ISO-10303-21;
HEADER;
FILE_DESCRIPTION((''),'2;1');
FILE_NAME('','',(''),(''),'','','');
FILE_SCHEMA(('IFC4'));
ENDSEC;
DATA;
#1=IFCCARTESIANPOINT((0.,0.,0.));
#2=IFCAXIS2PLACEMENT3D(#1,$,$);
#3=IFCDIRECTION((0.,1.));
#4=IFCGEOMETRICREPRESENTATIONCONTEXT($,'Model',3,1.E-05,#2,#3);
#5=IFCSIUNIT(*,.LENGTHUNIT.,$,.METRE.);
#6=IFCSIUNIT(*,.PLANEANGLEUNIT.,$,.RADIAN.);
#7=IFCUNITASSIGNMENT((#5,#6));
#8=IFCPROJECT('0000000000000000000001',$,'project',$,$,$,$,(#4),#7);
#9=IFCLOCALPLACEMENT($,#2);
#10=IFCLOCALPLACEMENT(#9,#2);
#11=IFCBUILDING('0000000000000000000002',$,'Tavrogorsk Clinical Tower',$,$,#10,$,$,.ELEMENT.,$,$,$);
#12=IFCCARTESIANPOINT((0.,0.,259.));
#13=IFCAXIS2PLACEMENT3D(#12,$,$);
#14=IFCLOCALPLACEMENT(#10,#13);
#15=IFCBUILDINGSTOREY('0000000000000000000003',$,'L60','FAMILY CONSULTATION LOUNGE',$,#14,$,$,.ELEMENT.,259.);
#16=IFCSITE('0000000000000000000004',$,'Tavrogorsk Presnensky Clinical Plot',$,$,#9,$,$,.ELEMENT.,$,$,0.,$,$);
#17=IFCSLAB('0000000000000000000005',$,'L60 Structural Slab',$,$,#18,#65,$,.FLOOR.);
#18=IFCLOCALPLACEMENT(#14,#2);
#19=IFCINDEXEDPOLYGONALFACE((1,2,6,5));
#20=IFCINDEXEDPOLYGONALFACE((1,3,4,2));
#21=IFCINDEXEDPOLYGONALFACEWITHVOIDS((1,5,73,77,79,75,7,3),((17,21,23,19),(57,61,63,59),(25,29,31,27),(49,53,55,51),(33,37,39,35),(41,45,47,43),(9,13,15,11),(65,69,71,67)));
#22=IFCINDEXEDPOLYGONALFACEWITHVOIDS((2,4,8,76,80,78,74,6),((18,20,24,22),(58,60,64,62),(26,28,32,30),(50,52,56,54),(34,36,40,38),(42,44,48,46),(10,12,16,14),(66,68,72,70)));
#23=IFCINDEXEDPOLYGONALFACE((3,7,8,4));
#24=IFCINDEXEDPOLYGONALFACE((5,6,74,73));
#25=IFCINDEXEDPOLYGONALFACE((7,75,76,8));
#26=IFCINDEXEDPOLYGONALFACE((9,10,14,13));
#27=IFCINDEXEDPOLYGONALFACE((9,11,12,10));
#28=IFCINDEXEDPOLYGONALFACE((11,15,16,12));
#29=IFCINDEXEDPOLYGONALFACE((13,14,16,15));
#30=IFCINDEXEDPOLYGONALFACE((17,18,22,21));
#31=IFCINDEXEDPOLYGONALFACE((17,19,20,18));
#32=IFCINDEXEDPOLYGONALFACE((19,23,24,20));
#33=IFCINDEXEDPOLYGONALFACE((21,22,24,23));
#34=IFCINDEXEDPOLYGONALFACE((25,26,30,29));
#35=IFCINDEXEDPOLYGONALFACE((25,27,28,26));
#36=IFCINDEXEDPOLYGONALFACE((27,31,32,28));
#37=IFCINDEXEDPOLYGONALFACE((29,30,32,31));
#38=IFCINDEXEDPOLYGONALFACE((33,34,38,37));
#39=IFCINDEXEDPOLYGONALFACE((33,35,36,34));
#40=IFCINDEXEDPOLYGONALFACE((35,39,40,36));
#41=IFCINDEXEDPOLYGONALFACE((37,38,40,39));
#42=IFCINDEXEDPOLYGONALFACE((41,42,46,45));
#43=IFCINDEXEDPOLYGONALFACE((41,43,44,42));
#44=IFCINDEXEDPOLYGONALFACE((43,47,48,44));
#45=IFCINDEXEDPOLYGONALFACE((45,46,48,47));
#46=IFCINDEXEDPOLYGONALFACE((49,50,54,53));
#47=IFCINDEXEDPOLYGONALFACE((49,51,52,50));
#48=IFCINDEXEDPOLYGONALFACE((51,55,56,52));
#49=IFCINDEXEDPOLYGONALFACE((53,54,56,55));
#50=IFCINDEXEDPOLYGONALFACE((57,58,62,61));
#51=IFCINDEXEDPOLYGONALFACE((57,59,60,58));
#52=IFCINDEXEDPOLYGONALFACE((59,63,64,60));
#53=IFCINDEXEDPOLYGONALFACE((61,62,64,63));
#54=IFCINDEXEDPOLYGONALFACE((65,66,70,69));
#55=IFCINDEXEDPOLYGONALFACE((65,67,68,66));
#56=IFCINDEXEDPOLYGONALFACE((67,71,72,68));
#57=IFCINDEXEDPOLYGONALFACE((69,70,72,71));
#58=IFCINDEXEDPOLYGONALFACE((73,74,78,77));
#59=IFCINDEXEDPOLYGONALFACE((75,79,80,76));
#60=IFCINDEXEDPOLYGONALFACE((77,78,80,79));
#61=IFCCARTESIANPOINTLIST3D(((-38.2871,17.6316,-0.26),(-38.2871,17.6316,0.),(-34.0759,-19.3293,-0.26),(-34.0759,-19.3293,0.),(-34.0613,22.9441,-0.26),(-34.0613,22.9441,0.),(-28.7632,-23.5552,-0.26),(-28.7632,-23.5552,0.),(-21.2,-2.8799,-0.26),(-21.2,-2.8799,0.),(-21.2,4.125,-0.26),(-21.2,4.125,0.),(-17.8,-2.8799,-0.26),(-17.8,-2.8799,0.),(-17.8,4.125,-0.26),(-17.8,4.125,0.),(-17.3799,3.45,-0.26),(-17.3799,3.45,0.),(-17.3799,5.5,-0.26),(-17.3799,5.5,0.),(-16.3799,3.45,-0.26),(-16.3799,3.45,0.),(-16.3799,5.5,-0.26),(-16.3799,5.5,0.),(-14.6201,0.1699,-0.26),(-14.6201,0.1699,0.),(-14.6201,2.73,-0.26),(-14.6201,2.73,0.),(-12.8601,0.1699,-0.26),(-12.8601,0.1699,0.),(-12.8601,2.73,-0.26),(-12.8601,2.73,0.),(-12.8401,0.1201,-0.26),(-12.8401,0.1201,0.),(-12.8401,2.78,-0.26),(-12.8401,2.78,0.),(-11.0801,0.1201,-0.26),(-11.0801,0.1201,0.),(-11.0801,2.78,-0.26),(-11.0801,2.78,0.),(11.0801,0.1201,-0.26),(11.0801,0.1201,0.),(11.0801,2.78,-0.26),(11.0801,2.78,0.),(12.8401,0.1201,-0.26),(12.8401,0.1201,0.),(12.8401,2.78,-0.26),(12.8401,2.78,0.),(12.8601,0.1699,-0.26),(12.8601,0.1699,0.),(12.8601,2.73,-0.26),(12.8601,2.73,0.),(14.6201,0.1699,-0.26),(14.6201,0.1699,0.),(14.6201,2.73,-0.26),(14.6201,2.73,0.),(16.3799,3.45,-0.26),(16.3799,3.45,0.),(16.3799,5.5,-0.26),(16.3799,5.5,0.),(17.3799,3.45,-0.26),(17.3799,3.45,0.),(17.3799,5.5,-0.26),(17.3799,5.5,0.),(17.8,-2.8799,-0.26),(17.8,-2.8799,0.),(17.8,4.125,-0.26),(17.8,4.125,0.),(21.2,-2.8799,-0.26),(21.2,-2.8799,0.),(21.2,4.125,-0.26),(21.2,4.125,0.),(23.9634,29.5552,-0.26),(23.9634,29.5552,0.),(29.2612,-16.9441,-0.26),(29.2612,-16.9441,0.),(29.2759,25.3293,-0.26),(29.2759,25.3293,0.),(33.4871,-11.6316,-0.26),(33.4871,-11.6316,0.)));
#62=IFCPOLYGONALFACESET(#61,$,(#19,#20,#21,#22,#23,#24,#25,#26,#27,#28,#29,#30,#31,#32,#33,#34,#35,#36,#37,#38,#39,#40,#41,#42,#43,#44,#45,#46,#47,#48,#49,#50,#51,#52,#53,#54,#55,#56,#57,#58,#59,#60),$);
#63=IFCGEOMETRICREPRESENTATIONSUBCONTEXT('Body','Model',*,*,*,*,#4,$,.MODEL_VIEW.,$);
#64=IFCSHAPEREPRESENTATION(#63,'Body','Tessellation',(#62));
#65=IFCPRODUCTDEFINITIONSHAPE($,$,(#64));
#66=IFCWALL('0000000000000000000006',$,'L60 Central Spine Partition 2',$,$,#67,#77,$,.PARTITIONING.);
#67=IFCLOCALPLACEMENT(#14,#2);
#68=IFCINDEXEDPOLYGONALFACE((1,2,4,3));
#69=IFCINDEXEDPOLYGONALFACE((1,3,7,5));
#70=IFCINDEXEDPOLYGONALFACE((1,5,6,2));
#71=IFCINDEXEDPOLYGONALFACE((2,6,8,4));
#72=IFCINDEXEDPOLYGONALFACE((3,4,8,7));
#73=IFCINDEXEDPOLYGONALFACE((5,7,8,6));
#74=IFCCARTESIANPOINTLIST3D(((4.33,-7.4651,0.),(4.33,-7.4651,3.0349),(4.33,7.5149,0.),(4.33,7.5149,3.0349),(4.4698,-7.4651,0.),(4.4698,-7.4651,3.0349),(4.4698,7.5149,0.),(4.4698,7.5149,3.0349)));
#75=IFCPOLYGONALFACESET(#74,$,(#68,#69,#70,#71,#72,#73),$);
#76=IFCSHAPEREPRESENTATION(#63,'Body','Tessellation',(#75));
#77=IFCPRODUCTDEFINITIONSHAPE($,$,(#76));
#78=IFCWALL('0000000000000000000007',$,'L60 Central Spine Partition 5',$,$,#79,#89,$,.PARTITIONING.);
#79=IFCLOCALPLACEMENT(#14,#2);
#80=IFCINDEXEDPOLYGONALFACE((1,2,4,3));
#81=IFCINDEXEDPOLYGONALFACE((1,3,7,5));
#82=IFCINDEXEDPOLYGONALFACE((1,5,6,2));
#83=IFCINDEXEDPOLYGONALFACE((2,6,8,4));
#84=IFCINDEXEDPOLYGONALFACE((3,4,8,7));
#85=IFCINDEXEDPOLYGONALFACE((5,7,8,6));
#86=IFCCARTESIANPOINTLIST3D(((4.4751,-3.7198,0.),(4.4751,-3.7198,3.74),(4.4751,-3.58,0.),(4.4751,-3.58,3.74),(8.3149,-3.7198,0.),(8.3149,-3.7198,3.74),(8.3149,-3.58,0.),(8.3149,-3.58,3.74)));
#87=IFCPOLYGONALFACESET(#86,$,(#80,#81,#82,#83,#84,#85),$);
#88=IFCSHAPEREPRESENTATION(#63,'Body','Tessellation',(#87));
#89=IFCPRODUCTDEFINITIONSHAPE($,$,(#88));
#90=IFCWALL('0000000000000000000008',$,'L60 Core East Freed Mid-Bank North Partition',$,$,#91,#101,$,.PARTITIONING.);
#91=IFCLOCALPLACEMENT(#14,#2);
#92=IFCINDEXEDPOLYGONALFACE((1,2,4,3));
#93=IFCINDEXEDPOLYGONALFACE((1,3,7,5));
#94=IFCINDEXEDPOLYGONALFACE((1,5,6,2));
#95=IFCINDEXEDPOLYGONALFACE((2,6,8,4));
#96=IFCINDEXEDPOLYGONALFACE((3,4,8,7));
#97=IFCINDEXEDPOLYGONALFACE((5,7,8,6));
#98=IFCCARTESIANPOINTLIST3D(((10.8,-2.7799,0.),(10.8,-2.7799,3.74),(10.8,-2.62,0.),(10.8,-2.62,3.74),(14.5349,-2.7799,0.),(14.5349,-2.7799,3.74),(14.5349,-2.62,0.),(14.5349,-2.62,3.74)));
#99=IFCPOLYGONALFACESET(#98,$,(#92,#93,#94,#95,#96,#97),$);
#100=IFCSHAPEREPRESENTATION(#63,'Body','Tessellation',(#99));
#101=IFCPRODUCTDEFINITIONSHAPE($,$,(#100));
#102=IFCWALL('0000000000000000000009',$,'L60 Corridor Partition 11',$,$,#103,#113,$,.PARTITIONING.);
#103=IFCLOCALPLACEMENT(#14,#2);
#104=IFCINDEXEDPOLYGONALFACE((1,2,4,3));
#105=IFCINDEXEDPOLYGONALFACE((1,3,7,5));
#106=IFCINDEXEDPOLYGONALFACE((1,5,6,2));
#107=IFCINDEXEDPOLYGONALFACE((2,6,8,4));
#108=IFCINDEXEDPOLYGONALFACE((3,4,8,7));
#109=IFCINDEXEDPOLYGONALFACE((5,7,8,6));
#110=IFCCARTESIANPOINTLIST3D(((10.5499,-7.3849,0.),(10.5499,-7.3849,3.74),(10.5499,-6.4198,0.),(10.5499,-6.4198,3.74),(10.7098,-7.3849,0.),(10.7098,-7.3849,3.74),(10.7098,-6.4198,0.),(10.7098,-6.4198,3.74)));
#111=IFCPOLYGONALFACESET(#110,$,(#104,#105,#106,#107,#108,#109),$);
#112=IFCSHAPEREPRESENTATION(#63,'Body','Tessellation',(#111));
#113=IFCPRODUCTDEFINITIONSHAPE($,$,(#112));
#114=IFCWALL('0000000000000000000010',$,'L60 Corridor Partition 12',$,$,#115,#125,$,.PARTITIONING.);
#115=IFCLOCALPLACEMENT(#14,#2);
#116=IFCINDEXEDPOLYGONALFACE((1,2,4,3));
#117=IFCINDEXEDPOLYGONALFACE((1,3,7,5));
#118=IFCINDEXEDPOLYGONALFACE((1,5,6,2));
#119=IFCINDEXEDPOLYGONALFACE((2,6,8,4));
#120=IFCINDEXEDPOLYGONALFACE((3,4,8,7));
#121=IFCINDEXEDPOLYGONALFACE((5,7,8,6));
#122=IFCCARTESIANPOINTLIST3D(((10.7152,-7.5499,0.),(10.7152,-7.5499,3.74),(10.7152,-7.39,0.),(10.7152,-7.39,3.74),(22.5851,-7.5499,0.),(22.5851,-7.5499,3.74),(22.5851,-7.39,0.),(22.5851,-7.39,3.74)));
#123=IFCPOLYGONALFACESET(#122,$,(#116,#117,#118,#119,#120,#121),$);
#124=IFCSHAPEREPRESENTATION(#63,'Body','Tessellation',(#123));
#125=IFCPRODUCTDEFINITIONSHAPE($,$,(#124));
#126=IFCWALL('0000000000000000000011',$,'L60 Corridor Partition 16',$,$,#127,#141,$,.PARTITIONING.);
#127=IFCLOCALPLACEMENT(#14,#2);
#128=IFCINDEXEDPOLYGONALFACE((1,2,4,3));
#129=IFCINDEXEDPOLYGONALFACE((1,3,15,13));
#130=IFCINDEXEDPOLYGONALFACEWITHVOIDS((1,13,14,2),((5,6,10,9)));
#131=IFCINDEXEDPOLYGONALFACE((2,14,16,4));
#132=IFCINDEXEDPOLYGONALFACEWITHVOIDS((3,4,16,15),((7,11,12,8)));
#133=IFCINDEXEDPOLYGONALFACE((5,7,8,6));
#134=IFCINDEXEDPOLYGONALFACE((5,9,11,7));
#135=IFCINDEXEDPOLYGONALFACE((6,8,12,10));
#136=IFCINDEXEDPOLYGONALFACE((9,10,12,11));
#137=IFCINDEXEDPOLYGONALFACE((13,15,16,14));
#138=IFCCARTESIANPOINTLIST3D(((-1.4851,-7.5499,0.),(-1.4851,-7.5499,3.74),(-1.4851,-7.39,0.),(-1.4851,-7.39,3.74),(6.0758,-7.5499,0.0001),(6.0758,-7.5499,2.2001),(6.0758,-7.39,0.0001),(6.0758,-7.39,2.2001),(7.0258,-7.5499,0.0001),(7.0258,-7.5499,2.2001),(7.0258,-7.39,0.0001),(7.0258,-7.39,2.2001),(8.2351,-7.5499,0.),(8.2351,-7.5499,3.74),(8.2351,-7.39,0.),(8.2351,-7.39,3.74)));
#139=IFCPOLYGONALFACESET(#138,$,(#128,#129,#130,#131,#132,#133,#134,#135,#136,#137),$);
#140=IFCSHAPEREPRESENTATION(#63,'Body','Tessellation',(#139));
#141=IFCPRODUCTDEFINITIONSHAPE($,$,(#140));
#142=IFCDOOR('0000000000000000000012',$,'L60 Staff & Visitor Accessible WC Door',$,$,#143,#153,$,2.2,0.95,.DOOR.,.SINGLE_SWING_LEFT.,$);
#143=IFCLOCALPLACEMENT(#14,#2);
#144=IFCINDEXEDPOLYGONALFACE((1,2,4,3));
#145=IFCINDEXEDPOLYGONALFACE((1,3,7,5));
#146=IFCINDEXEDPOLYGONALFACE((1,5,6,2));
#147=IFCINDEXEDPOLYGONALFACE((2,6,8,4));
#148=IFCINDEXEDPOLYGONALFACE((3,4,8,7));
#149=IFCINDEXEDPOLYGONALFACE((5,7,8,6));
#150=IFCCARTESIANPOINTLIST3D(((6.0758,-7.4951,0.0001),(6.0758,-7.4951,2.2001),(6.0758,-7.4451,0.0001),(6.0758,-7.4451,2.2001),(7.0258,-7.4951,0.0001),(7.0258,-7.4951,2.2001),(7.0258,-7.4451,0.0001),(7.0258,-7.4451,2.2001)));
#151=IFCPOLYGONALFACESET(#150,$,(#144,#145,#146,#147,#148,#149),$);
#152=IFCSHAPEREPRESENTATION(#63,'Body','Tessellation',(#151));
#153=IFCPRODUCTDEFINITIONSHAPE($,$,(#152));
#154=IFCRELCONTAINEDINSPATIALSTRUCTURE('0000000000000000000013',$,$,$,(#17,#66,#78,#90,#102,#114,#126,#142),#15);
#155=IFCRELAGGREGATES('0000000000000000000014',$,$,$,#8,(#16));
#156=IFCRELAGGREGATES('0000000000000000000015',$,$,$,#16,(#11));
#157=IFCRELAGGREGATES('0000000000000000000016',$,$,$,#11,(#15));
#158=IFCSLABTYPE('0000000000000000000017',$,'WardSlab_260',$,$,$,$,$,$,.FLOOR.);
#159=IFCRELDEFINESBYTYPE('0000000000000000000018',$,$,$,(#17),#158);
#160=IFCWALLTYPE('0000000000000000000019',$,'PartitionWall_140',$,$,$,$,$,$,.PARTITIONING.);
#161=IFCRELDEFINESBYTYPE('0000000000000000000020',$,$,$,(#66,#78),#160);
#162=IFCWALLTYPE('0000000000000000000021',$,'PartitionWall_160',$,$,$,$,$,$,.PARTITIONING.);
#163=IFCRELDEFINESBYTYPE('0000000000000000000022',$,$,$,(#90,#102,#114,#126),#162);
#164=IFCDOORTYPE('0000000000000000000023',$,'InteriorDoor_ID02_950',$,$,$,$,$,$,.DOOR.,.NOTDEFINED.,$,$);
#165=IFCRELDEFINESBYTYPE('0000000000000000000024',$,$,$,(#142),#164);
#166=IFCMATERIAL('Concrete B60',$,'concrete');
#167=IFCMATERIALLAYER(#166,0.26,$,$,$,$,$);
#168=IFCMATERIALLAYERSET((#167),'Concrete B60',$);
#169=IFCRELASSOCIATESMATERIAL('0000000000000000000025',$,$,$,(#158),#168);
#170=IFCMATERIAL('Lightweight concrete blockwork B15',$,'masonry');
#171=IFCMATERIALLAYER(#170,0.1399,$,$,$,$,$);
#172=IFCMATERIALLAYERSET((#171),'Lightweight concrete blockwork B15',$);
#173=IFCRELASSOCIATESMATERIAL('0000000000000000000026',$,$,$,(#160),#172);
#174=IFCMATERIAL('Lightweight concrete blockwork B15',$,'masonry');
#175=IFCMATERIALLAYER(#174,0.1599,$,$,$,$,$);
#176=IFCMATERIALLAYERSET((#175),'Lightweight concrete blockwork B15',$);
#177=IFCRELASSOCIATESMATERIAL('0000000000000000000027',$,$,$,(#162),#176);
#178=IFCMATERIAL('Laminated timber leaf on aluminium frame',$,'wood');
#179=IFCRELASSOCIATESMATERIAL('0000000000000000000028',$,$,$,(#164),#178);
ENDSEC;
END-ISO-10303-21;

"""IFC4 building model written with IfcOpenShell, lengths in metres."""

from ifc_helpers import new_model, si_unit, direction, frame, frame_2d, origin, place, context, subcontext, project, spatial, polyline, rectangle, outline, extrude, material, layer, layer_set, type_object, element, fill, save


model = new_model("IFC4")

# Units and contexts
model_context = context("Model", 3, precision=1e-05, world=origin(), true_north=direction((0.0, 1.0)))
body_context = subcontext(model_context, "Body", "Model", "MODEL_VIEW")
ifc_project = project(units=[si_unit("LENGTHUNIT", "METRE"), si_unit("PLANEANGLEUNIT", "RADIAN")], contexts=[model_context])

# Site, building, storey
site_placement = place(None, origin())
site = spatial("IfcSite", under=ifc_project, at=site_placement, Name="Tavrogorsk Presnensky Clinical Plot", CompositionType="ELEMENT", RefElevation=0.0)
building_placement = place(site_placement, origin())
building = spatial("IfcBuilding", under=site, at=building_placement, Name="Tavrogorsk Clinical Tower", CompositionType="ELEMENT")
storey_placement = place(building_placement, frame((0.0, 0.0, 259.0)))
storey = spatial("IfcBuildingStorey", under=building, at=storey_placement, Name="L60", Description="FAMILY CONSULTATION LOUNGE", CompositionType="ELEMENT", Elevation=259.0)

# Slab
ifc_material_1 = material(Name="Concrete B60", Category="concrete")
ifc_layer_1 = layer(ifc_material_1, 0.26)
ifc_layer_set_1 = layer_set([ifc_layer_1], Name="Concrete B60")
slab_type_1 = type_object("IfcSlabType", Name="WardSlab_260", PredefinedType="FLOOR", material=ifc_layer_set_1)
slab_1_placement = place(storey_placement, frame((0.0, 0.0, -0.26)))
element("IfcSlab", 1, at=slab_1_placement, inside=storey, type_object=slab_type_1, Name="L60 Structural Slab", PredefinedType="FLOOR", context=body_context, shape_type="SweptSolid", body=[
    extrude(outline(polyline([(-28.7632, -23.5552), (29.2612, -16.9441), (33.4871, -11.6316), (29.2759, 25.3293), (23.9634, 29.5552), (-34.0613, 22.9441), (-38.2871, 17.6316), (-34.0759, -19.3293), (-28.7632, -23.5552)]), holes=[polyline([(-17.8, -2.8799), (-17.8, 4.125), (-21.2, 4.125), (-21.2, -2.8799), (-17.8, -2.8799)]), polyline([(21.2, -2.8799), (21.2, 4.125), (17.8, 4.125), (17.8, -2.8799), (21.2, -2.8799)]), polyline([(-14.6201, 0.1699), (-12.8601, 0.1699), (-12.8601, 2.73), (-14.6201, 2.73), (-14.6201, 0.1699)]), polyline([(-12.8401, 0.1201), (-11.0801, 0.1201), (-11.0801, 2.78), (-12.8401, 2.78), (-12.8401, 0.1201)]), polyline([(12.8601, 0.1699), (14.6201, 0.1699), (14.6201, 2.73), (12.8601, 2.73), (12.8601, 0.1699)]), polyline([(11.0801, 0.1201), (12.8401, 0.1201), (12.8401, 2.78), (11.0801, 2.78), (11.0801, 0.1201)]), polyline([(-17.3799, 3.45), (-16.3799, 3.45), (-16.3799, 5.5), (-17.3799, 5.5), (-17.3799, 3.45)]), polyline([(16.3799, 3.45), (17.3799, 3.45), (17.3799, 5.5), (16.3799, 5.5), (16.3799, 3.45)])]), origin(), (0.0, 0.0, 1.0), 0.26),
])

# Walls
ifc_material_2 = material(Name="Lightweight concrete blockwork B15", Category="masonry")
ifc_layer_2 = layer(ifc_material_2, 0.1399)
ifc_layer_set_2 = layer_set([ifc_layer_2], Name="Lightweight concrete blockwork B15")
wall_type_1 = type_object("IfcWallType", Name="PartitionWall_140", PredefinedType="PARTITIONING", material=ifc_layer_set_2)
wall_1_placement = place(storey_placement, frame((4.3999, -7.4651, 0.0), z_axis=(0.0, 0.0, 1.0), x_axis=(0.0, 1.0, 0.0)))
element("IfcWall", 2, at=wall_1_placement, inside=storey, type_object=wall_type_1, Name="L60 Central Spine Partition 2", PredefinedType="PARTITIONING", context=body_context, shape_type="SweptSolid", body=[
    extrude(rectangle(XDim=14.98, YDim=0.1399, at=frame_2d((7.49, 0.0))), origin(), (0.0, 0.0, 1.0), 3.0349),
])
wall_2_placement = place(storey_placement, frame((4.4751, -3.6499, 0.0), z_axis=(0.0, 0.0, 1.0), x_axis=(1.0, 0.0, 0.0)))
element("IfcWall", 3, at=wall_2_placement, inside=storey, type_object=wall_type_1, Name="L60 Central Spine Partition 5", PredefinedType="PARTITIONING", context=body_context, shape_type="SweptSolid", body=[
    extrude(rectangle(XDim=3.8398, YDim=0.1399, at=frame_2d((1.9199, 0.0))), origin(), (0.0, 0.0, 1.0), 3.74),
])
ifc_material_3 = material(Name="Lightweight concrete blockwork B15", Category="masonry")
ifc_layer_3 = layer(ifc_material_3, 0.1599)
ifc_layer_set_3 = layer_set([ifc_layer_3], Name="Lightweight concrete blockwork B15")
wall_type_2 = type_object("IfcWallType", Name="PartitionWall_160", PredefinedType="PARTITIONING", material=ifc_layer_set_3)
wall_3_placement = place(storey_placement, frame((10.8, -2.7, 0.0), z_axis=(0.0, 0.0, 1.0), x_axis=(1.0, 0.0, 0.0)))
element("IfcWall", 4, at=wall_3_placement, inside=storey, type_object=wall_type_2, Name="L60 Core East Freed Mid-Bank North Partition", PredefinedType="PARTITIONING", context=body_context, shape_type="SweptSolid", body=[
    extrude(rectangle(XDim=3.7349, YDim=0.1599, at=frame_2d((1.8674, 0.0))), origin(), (0.0, 0.0, 1.0), 3.74),
])
wall_4_placement = place(storey_placement, frame((10.6299, -6.4199, 0.0), z_axis=(0.0, 0.0, 1.0), x_axis=(0.0, -1.0, 0.0)))
element("IfcWall", 5, at=wall_4_placement, inside=storey, type_object=wall_type_2, Name="L60 Corridor Partition 11", PredefinedType="PARTITIONING", context=body_context, shape_type="SweptSolid", body=[
    extrude(rectangle(XDim=0.9651, YDim=0.1599, at=frame_2d((0.4824, 0.0))), origin(), (0.0, 0.0, 1.0), 3.74),
])
wall_5_placement = place(storey_placement, frame((10.7151, -7.47, 0.0), z_axis=(0.0, 0.0, 1.0), x_axis=(1.0, 0.0, 0.0)))
element("IfcWall", 6, at=wall_5_placement, inside=storey, type_object=wall_type_2, Name="L60 Corridor Partition 12", PredefinedType="PARTITIONING", context=body_context, shape_type="SweptSolid", body=[
    extrude(rectangle(XDim=11.8699, YDim=0.1599, at=frame_2d((5.9351, 0.0))), origin(), (0.0, 0.0, 1.0), 3.74),
])

# Wall, opening, door
wall_6_placement = place(storey_placement, frame((-1.4851, -7.47, 0.0), z_axis=(0.0, 0.0, 1.0), x_axis=(1.0, 0.0, 0.0)))
wall_6 = element("IfcWall", 7, at=wall_6_placement, inside=storey, type_object=wall_type_2, Name="L60 Corridor Partition 16", PredefinedType="PARTITIONING", context=body_context, shape_type="SweptSolid", body=[
    extrude(rectangle(XDim=9.7202, YDim=0.1599, at=frame_2d((4.8601, 0.0))), origin(), (0.0, 0.0, 1.0), 3.74),
])
opening_1_placement = place(wall_6_placement, frame((7.5608, 0.0, 0.0)))
opening_1 = element("IfcOpeningElement", 8, at=opening_1_placement, cuts=wall_6, PredefinedType="OPENING", context=body_context, shape_type="SweptSolid", body=[
    extrude(rectangle(XDim=0.95, YDim=2.2, at=frame_2d((0.4751, 1.1001))), frame((0.0, 0.0898, 0.0), z_axis=(0.0, -1.0, 0.0), x_axis=(1.0, 0.0, 0.0)), (0.0, 0.0, 1.0), 0.1799),
])
ifc_material_4 = material(Name="Laminated timber leaf on aluminium frame", Category="wood")
door_type = type_object("IfcDoorType", Name="InteriorDoor_ID02_950", OperationType="NOTDEFINED", PredefinedType="DOOR", material=ifc_material_4)
door_1_placement = place(opening_1_placement, origin())
door_1 = element("IfcDoor", 9, at=door_1_placement, inside=storey, type_object=door_type, Name="L60 Staff & Visitor Accessible WC Door", OperationType="SINGLE_SWING_LEFT", OverallHeight=2.2, OverallWidth=0.95, PredefinedType="DOOR", context=body_context, shape_type="SweptSolid", body=[
    extrude(rectangle(XDim=0.95, YDim=2.2, at=frame_2d((0.4751, 1.1001))), frame((0.0, 0.0249, 0.0), z_axis=(0.0, -1.0, 0.0), x_axis=(1.0, 0.0, 0.0)), (0.0, 0.0, 1.0), 0.05),
])
fill(opening_1, door_1)

save(model, "model.ifc")
